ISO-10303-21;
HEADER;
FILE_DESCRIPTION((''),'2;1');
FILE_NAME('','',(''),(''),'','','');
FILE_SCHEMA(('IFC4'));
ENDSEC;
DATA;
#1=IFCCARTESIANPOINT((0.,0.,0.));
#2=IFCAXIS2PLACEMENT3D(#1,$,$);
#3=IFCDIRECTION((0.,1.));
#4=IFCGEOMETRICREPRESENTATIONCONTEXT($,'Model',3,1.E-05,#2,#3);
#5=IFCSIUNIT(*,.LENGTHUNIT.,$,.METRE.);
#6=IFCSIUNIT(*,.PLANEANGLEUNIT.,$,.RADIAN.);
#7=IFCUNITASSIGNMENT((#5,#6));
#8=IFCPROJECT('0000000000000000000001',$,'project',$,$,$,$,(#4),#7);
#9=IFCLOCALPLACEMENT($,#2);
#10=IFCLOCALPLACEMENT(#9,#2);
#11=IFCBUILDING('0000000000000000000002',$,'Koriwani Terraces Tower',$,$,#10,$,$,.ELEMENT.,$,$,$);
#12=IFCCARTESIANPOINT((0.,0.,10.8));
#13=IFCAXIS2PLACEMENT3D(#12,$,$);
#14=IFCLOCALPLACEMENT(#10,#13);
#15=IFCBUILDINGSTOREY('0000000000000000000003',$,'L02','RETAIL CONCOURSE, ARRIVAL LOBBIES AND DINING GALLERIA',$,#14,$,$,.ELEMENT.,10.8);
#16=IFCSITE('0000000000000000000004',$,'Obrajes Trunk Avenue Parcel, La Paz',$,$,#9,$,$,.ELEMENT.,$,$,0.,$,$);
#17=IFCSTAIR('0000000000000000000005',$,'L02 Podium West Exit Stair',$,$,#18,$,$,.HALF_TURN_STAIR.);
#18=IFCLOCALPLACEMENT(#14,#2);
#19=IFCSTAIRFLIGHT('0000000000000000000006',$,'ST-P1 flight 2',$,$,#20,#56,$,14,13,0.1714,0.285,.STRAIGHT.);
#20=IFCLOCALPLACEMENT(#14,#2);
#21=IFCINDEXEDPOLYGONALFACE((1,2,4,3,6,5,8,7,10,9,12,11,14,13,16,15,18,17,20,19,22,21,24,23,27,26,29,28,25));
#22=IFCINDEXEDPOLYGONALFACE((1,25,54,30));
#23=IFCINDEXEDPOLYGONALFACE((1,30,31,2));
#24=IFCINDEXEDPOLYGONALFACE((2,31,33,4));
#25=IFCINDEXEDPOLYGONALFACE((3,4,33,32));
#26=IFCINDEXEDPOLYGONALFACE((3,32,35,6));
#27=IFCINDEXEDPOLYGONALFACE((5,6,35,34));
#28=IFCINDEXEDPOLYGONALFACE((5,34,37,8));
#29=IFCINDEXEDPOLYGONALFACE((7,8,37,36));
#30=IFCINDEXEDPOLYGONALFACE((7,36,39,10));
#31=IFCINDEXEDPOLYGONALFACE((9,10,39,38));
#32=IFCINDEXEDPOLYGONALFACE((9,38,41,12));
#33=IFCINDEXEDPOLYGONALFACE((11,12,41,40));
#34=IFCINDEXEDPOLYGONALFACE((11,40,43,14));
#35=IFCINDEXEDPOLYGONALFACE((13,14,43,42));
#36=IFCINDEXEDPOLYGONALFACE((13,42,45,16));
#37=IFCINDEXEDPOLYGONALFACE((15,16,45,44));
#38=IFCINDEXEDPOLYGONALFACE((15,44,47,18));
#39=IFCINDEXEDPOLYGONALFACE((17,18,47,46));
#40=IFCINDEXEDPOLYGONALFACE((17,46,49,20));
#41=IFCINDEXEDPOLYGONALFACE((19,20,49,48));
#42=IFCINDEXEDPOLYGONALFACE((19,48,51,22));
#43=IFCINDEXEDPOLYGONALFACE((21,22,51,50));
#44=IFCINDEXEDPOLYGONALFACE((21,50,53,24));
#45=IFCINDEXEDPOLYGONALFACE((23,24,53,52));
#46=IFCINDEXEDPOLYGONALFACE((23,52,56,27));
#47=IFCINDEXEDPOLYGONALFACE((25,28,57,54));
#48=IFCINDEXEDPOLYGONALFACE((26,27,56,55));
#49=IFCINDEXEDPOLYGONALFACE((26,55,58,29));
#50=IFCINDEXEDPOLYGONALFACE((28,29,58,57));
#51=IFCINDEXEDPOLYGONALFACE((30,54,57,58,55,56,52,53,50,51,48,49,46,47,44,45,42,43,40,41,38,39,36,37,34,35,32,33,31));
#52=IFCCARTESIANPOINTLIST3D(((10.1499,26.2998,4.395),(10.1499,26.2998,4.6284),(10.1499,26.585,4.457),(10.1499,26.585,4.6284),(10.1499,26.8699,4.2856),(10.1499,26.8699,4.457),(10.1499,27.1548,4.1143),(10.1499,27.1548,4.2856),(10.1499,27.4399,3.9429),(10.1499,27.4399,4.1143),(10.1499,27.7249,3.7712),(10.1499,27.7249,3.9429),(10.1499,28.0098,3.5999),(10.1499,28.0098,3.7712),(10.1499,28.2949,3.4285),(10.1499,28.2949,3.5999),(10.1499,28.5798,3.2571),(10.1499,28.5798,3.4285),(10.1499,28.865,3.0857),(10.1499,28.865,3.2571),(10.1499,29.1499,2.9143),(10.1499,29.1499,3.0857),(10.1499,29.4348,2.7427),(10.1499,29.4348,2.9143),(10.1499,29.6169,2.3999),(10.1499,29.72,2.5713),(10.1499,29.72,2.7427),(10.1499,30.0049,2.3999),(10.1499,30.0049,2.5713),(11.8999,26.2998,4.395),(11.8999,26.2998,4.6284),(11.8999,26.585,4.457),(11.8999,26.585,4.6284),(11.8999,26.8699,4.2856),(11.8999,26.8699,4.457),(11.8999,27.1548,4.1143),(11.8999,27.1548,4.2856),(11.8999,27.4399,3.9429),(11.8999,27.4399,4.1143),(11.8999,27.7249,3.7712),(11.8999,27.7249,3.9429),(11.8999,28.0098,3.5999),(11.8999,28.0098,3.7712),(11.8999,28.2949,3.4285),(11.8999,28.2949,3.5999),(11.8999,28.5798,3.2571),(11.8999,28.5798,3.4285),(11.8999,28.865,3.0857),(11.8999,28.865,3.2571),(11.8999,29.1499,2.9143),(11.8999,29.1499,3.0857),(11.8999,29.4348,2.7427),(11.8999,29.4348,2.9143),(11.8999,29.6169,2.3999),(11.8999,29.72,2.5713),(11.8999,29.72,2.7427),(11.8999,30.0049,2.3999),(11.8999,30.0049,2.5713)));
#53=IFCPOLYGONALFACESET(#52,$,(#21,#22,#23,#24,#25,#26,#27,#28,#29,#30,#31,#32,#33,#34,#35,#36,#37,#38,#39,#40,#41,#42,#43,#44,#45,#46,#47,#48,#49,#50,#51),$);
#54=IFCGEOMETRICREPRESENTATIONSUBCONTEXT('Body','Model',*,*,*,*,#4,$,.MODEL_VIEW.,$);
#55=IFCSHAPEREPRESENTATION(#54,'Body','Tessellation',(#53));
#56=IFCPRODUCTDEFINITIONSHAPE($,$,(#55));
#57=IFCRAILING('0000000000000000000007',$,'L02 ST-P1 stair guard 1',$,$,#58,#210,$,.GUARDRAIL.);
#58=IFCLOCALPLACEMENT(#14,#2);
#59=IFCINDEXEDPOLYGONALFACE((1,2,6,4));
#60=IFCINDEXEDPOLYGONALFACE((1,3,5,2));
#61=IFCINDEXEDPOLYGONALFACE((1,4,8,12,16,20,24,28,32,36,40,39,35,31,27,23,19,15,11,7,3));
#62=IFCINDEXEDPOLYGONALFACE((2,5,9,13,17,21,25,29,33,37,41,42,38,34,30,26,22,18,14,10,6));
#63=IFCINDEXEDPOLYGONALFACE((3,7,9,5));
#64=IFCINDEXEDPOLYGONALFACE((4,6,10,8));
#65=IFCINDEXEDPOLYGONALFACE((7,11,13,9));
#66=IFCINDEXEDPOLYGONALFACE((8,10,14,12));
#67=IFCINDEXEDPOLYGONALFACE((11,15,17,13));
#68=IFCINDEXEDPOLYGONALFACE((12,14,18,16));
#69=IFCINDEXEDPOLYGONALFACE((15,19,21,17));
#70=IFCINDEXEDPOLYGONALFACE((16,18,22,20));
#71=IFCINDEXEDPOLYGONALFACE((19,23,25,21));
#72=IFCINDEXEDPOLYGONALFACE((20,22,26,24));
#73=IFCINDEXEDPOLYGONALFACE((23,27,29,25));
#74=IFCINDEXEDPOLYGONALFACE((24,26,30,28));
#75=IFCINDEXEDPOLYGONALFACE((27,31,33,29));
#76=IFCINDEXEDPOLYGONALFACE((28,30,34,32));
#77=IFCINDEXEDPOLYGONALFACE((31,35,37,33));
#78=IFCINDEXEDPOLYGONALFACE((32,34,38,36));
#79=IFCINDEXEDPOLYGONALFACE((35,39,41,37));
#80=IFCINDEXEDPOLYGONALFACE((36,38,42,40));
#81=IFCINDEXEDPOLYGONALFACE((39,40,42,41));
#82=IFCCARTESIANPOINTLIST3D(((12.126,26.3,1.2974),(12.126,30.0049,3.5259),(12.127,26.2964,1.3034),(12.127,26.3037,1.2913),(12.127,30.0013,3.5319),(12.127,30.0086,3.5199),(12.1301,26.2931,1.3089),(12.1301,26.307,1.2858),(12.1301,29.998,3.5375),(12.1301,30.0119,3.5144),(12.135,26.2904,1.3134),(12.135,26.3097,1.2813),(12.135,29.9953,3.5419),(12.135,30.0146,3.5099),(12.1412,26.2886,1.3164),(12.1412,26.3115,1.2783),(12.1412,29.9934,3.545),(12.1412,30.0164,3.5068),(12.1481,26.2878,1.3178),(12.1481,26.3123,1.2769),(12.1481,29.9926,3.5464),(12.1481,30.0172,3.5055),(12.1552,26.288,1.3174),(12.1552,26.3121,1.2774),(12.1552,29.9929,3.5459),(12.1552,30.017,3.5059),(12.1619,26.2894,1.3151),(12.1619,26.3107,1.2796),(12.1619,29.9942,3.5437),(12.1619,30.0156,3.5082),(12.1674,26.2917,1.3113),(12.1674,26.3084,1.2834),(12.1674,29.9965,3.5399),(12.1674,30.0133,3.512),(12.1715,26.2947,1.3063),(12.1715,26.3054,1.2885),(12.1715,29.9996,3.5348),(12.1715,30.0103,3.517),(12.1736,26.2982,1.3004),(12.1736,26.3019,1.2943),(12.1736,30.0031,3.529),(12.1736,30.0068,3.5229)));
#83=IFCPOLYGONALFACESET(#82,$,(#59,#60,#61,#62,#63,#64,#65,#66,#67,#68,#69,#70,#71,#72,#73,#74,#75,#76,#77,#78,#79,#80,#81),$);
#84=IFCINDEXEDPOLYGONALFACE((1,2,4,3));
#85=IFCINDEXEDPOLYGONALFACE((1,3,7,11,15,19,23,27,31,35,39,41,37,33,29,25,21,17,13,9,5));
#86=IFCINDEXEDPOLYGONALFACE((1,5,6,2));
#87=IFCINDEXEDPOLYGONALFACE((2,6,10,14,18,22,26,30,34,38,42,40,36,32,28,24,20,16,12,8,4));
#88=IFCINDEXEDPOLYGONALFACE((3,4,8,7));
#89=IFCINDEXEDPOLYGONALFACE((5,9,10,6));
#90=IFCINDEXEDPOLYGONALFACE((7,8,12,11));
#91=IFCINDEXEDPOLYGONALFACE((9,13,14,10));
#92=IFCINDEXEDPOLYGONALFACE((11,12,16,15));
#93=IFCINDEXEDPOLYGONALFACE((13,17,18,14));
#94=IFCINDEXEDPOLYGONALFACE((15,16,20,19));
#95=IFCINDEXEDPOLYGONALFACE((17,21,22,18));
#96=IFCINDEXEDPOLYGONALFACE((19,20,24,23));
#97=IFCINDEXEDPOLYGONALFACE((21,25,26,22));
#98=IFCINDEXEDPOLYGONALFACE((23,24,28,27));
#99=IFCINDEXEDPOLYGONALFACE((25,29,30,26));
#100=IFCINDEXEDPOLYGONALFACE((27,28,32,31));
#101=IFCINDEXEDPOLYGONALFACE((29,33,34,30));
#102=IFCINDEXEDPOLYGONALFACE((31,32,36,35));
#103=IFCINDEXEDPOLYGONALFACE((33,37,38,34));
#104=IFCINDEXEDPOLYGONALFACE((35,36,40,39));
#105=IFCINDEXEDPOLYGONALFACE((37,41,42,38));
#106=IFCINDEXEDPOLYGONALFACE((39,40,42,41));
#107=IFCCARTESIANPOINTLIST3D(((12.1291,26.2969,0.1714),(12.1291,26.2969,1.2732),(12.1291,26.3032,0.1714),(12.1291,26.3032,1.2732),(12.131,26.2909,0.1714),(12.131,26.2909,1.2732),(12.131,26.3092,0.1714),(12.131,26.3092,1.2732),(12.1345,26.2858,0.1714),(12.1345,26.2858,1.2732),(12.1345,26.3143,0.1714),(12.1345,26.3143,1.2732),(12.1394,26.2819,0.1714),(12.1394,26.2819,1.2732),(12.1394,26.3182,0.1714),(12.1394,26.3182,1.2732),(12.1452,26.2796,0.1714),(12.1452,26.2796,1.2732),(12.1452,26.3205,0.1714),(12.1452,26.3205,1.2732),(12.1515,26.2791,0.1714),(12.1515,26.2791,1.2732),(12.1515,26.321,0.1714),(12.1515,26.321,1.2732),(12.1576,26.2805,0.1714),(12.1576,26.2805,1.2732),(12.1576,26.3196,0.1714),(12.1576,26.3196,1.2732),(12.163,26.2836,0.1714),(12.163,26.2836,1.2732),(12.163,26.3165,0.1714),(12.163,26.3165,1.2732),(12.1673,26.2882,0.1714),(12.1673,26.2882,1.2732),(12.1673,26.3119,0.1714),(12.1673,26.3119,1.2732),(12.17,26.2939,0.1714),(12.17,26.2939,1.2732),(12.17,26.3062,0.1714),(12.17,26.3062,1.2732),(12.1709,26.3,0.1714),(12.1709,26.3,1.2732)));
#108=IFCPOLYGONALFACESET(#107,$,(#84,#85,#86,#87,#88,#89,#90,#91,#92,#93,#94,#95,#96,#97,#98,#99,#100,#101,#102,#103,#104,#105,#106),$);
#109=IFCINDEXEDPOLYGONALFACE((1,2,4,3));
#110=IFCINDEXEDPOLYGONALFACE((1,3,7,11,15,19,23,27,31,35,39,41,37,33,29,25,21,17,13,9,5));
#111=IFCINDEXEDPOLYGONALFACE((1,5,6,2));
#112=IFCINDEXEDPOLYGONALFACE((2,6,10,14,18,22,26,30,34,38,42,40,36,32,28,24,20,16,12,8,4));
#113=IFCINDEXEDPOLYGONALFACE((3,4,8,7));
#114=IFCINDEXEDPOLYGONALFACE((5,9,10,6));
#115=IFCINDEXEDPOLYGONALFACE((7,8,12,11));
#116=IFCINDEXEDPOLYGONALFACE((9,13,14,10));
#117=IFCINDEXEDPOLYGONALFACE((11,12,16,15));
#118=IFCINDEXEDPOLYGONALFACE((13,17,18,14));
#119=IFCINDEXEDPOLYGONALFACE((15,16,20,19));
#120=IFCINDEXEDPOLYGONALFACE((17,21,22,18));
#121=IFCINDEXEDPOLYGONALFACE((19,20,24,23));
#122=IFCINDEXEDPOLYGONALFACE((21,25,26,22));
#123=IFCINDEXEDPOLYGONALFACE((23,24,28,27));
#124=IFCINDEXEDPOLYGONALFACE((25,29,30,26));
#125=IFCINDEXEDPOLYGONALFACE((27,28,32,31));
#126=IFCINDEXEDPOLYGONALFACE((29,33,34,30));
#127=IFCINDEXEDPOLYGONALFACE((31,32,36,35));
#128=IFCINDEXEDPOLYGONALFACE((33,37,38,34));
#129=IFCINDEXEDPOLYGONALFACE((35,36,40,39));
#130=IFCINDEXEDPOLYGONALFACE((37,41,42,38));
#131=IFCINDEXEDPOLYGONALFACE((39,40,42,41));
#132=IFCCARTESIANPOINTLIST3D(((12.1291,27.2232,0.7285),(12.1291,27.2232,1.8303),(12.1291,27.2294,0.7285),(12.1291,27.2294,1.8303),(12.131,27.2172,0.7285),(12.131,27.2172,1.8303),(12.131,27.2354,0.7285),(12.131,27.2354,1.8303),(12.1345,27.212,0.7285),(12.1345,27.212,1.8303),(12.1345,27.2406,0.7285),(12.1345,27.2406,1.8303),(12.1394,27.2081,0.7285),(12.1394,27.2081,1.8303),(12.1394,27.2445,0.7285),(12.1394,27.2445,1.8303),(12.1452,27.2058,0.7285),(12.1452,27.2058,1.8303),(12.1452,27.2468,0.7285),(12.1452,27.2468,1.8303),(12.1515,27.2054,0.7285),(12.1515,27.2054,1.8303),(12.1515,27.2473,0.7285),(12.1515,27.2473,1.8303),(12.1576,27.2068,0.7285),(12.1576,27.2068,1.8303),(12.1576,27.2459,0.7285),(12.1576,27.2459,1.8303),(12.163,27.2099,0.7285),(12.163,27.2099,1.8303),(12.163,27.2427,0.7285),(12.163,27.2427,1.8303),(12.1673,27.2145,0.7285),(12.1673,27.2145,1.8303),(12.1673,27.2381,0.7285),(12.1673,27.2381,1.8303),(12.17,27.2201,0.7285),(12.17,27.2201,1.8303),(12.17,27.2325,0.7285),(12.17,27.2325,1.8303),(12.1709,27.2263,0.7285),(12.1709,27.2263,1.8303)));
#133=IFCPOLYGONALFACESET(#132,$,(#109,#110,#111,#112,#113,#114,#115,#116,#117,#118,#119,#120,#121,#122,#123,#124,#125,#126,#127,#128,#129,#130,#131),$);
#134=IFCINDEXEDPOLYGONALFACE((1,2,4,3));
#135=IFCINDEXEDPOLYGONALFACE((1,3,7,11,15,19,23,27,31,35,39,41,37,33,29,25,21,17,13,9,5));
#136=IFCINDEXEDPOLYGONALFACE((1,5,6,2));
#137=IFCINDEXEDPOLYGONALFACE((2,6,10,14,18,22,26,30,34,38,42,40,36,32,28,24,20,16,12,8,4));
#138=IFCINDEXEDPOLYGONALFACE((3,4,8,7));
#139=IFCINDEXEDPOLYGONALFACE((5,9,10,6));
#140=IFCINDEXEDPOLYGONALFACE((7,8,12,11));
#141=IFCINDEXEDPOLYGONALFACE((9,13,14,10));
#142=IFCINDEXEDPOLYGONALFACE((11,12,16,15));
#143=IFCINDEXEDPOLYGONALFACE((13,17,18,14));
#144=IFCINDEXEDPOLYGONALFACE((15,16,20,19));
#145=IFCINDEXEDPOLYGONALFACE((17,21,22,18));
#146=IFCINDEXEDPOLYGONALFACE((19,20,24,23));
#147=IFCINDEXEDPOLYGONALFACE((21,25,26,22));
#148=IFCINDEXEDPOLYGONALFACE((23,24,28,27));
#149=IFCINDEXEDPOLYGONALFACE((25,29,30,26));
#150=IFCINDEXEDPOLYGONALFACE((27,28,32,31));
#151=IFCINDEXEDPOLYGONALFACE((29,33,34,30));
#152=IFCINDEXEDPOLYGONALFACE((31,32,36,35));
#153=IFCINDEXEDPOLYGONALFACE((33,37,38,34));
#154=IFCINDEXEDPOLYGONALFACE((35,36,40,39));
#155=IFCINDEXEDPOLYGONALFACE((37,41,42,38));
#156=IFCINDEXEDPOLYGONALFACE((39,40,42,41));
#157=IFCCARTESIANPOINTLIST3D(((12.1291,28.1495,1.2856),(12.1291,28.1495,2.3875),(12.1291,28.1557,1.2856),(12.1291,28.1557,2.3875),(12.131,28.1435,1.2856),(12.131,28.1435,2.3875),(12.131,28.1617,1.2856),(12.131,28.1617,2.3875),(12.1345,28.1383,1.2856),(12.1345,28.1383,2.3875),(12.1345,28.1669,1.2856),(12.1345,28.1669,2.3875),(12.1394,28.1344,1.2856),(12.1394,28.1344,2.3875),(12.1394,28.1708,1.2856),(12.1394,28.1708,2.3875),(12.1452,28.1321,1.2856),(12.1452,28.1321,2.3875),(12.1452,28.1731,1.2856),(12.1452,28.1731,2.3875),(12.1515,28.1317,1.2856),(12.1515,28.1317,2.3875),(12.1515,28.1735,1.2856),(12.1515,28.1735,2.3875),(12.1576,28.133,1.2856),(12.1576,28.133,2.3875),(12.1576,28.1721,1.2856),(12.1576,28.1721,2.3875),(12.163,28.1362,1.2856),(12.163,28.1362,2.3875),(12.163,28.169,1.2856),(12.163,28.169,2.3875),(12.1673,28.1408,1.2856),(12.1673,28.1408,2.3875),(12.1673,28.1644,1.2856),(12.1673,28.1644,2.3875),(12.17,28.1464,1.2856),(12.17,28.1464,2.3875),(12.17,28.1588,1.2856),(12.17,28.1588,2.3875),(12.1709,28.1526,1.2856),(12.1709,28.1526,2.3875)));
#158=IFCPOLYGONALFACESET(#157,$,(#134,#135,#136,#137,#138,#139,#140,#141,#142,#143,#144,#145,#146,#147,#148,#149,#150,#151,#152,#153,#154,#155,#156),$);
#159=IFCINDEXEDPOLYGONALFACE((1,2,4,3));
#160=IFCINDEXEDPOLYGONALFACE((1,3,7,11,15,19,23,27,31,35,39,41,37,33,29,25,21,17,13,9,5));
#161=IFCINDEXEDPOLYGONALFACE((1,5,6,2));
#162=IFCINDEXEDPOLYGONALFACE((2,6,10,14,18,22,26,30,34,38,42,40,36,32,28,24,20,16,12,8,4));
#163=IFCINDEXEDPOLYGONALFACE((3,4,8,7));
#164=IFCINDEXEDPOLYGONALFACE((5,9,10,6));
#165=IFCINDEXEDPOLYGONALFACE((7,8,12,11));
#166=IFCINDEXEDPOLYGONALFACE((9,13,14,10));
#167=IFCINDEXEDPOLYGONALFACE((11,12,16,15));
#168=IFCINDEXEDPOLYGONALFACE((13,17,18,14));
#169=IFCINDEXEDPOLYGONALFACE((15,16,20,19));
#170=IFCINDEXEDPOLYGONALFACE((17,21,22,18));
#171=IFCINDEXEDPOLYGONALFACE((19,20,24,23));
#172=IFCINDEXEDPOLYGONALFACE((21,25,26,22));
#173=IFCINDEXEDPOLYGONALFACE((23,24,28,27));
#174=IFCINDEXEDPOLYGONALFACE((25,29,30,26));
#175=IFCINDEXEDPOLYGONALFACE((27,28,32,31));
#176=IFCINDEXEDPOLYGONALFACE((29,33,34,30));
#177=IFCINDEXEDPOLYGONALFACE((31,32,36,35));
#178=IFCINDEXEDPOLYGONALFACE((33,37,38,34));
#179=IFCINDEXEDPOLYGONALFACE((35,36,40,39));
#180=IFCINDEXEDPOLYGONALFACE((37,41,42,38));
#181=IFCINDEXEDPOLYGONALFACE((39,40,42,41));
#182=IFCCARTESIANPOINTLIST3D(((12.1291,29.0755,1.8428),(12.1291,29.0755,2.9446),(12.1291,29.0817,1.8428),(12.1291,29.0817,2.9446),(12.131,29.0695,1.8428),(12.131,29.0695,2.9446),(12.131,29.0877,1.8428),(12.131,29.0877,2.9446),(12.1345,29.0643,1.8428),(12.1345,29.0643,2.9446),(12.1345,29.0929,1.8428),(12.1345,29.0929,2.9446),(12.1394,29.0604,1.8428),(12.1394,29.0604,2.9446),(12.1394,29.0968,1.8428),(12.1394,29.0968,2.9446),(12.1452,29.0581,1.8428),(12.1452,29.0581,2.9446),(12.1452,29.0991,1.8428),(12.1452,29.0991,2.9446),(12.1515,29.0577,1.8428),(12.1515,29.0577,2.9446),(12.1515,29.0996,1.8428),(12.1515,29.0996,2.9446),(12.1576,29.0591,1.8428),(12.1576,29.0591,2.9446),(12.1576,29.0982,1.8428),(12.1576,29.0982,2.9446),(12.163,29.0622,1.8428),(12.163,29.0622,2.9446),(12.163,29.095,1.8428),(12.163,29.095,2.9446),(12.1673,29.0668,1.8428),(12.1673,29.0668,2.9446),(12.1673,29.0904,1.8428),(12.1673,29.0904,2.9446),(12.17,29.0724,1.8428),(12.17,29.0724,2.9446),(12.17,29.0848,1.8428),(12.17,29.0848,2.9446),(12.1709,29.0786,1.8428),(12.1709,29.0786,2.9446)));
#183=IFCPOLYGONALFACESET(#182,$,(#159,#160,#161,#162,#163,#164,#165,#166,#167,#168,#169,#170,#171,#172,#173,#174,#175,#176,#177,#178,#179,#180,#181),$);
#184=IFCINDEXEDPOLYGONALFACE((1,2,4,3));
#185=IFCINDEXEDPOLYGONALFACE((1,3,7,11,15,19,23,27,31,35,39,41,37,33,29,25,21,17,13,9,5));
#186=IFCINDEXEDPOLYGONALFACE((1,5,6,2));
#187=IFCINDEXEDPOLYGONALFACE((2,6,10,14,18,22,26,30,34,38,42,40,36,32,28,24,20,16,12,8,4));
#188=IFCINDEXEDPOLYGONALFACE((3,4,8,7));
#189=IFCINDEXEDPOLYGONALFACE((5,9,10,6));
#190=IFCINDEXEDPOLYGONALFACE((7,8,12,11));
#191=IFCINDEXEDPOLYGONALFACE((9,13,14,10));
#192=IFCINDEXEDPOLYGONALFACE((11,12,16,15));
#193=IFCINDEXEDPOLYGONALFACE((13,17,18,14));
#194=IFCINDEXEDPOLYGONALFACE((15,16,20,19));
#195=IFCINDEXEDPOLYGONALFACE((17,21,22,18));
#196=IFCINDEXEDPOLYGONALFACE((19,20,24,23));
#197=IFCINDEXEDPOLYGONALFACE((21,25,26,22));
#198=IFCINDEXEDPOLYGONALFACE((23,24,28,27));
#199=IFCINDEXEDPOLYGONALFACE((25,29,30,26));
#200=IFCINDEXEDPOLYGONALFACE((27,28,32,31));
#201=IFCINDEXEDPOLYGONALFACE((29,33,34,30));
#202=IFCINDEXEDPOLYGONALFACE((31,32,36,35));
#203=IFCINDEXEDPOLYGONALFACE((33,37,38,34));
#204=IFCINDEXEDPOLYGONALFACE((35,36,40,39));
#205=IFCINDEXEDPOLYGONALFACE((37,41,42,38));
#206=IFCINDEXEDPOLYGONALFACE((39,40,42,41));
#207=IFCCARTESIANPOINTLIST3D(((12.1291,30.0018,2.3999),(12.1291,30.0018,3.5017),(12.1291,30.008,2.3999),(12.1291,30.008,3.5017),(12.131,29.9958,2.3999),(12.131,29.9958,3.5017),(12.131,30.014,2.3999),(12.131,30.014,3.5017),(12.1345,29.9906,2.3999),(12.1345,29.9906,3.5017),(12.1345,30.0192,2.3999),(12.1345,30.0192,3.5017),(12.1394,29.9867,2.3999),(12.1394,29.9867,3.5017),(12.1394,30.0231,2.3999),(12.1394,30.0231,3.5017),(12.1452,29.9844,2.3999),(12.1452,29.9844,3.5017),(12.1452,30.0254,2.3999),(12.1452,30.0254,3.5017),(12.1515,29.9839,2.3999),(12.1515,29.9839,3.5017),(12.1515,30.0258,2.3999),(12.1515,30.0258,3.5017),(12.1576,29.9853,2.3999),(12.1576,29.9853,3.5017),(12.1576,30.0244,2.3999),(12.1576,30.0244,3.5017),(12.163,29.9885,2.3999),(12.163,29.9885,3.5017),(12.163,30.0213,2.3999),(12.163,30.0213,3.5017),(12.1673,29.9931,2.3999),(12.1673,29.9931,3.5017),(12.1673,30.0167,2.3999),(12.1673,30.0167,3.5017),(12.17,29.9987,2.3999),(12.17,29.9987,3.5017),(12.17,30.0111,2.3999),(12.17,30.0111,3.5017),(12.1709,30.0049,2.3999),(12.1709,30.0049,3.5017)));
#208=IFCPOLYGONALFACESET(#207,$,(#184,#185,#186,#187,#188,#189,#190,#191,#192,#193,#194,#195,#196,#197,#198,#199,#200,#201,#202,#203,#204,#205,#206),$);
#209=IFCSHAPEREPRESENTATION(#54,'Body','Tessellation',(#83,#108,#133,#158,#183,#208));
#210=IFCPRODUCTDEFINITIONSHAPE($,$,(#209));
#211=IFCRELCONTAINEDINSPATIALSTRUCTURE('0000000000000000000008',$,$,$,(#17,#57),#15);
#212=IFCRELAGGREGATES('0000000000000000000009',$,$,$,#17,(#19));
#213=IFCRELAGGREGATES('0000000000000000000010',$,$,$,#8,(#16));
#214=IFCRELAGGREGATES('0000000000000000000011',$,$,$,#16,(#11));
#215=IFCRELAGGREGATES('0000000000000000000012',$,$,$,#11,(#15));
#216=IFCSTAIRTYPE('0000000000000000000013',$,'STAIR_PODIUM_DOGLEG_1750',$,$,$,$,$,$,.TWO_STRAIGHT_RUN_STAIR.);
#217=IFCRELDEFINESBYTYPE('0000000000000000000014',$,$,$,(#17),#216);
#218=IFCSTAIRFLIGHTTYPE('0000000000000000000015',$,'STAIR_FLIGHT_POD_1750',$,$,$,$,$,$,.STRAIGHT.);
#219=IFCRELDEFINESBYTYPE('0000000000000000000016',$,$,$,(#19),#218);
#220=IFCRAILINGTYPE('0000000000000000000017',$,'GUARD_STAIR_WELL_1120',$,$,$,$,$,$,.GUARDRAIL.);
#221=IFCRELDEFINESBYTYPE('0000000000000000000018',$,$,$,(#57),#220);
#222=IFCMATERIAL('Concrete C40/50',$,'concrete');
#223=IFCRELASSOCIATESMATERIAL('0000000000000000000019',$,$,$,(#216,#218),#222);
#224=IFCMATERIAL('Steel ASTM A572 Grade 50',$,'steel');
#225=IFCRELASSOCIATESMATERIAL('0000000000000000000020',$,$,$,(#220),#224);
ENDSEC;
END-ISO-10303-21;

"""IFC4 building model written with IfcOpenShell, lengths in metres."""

from ifc_helpers import new_model, si_unit, direction, frame, origin, origin_2d, place, context, subcontext, project, spatial, polyline, circle, outline, extrude, material, type_object, element, aggregate, save


model = new_model("IFC4")

# Units and contexts
model_context = context("Model", 3, precision=1e-05, world=origin(), true_north=direction((0.0, 1.0)))
body_context = subcontext(model_context, "Body", "Model", "MODEL_VIEW")
ifc_project = project(units=[si_unit("LENGTHUNIT", "METRE"), si_unit("PLANEANGLEUNIT", "RADIAN")], contexts=[model_context])

# Site, building, storey
site_placement = place(None, origin())
site = spatial("IfcSite", under=ifc_project, at=site_placement, Name="Obrajes Trunk Avenue Parcel, La Paz", CompositionType="ELEMENT", RefElevation=0.0)
building_placement = place(site_placement, origin())
building = spatial("IfcBuilding", under=site, at=building_placement, Name="Koriwani Terraces Tower", CompositionType="ELEMENT")
storey_placement = place(building_placement, frame((0.0, 0.0, 10.8)))
storey = spatial("IfcBuildingStorey", under=building, at=storey_placement, Name="L02", Description="RETAIL CONCOURSE, ARRIVAL LOBBIES AND DINING GALLERIA", CompositionType="ELEMENT", Elevation=10.8)

# Shared definitions
ifc_material_1 = material(Name="Concrete C40/50", Category="concrete")
ifc_material_2 = material(Name="Steel ASTM A572 Grade 50", Category="steel")

# Stair, stair flight
stair_type = type_object("IfcStairType", Name="STAIR_PODIUM_DOGLEG_1750", PredefinedType="TWO_STRAIGHT_RUN_STAIR", material=ifc_material_1)
stair_placement = place(storey_placement, origin())
stair = element("IfcStair", 1, at=stair_placement, inside=storey, type_object=stair_type, Name="L02 Podium West Exit Stair", PredefinedType="HALF_TURN_STAIR")
stair_flight_type = type_object("IfcStairFlightType", Name="STAIR_FLIGHT_POD_1750", PredefinedType="STRAIGHT", material=ifc_material_1)
stair_flight_1_placement = place(storey_placement, frame((11.0249, 30.0049, 2.3999), z_axis=(0.0, 0.0, 1.0), x_axis=(0.0, -1.0, 0.0)))
stair_flight_1 = element("IfcStairFlight", 2, at=stair_flight_1_placement, type_object=stair_flight_type, Name="ST-P1 flight 2", NumberOfRisers=14, NumberOfTreads=13, PredefinedType="STRAIGHT", RiserHeight=0.1714, TreadLength=0.285, context=body_context, shape_type="SweptSolid", body=[
    extrude(outline(polyline([(0.0, 0.0), (0.0, 0.1714), (0.2849, 0.1714), (0.2849, 0.3428), (0.5701, 0.3428), (0.5701, 0.5144), (0.855, 0.5144), (0.855, 0.6858), (1.1399, 0.6858), (1.1399, 0.8572), (1.425, 0.8572), (1.425, 1.0286), (1.71, 1.0286), (1.71, 1.2), (1.9951, 1.2), (1.9951, 1.3713), (2.28, 1.3713), (2.28, 1.543), (2.5649, 1.543), (2.5649, 1.7144), (2.8501, 1.7144), (2.8501, 1.8857), (3.135, 1.8857), (3.135, 2.0571), (3.4199, 2.0571), (3.4199, 2.2285), (3.7051, 2.2285), (3.7051, 2.3999), (3.7051, 1.9951), (0.3879, 0.0), (0.0, 0.0)])), frame((0.0, 0.875, 0.0), z_axis=(0.0, -1.0, 0.0), x_axis=(1.0, 0.0, 0.0)), (0.0, 0.0, 1.0), 1.75),
])
aggregate(stair, [stair_flight_1])

# Railing
railing_type_1 = type_object("IfcRailingType", Name="GUARD_STAIR_WELL_1120", PredefinedType="GUARDRAIL", material=ifc_material_2)
railing_1_placement = place(storey_placement, frame((12.1499, 26.3, 0.1714)))
element("IfcRailing", 3, at=railing_1_placement, inside=storey, type_object=railing_type_1, Name="L02 ST-P1 stair guard 1", PredefinedType="GUARDRAIL", context=body_context, shape_type="SweptSolid", body=[
    extrude(circle(Radius=0.0239, at=origin_2d()), frame((0.0, 0.0, 1.126), z_axis=(0.0, 0.856919, 0.51545), x_axis=(-1.0, 0.0, 0.0)), (0.0, 0.0, 1.0), 4.3235),
    extrude(circle(Radius=0.021, at=origin_2d()), origin(), (0.0, 0.0, 1.0), 1.1018),
    extrude(circle(Radius=0.021, at=origin_2d()), frame((0.0, 0.9263, 0.5571)), (0.0, 0.0, 1.0), 1.1018),
    extrude(circle(Radius=0.021, at=origin_2d()), frame((0.0, 1.8525, 1.1143)), (0.0, 0.0, 1.0), 1.1018),
    extrude(circle(Radius=0.021, at=origin_2d()), frame((0.0, 2.7786, 1.6714)), (0.0, 0.0, 1.0), 1.1018),
    extrude(circle(Radius=0.021, at=origin_2d()), frame((0.0, 3.7048, 2.2285)), (0.0, 0.0, 1.0), 1.1018),
])

save(model, "model.ifc")
